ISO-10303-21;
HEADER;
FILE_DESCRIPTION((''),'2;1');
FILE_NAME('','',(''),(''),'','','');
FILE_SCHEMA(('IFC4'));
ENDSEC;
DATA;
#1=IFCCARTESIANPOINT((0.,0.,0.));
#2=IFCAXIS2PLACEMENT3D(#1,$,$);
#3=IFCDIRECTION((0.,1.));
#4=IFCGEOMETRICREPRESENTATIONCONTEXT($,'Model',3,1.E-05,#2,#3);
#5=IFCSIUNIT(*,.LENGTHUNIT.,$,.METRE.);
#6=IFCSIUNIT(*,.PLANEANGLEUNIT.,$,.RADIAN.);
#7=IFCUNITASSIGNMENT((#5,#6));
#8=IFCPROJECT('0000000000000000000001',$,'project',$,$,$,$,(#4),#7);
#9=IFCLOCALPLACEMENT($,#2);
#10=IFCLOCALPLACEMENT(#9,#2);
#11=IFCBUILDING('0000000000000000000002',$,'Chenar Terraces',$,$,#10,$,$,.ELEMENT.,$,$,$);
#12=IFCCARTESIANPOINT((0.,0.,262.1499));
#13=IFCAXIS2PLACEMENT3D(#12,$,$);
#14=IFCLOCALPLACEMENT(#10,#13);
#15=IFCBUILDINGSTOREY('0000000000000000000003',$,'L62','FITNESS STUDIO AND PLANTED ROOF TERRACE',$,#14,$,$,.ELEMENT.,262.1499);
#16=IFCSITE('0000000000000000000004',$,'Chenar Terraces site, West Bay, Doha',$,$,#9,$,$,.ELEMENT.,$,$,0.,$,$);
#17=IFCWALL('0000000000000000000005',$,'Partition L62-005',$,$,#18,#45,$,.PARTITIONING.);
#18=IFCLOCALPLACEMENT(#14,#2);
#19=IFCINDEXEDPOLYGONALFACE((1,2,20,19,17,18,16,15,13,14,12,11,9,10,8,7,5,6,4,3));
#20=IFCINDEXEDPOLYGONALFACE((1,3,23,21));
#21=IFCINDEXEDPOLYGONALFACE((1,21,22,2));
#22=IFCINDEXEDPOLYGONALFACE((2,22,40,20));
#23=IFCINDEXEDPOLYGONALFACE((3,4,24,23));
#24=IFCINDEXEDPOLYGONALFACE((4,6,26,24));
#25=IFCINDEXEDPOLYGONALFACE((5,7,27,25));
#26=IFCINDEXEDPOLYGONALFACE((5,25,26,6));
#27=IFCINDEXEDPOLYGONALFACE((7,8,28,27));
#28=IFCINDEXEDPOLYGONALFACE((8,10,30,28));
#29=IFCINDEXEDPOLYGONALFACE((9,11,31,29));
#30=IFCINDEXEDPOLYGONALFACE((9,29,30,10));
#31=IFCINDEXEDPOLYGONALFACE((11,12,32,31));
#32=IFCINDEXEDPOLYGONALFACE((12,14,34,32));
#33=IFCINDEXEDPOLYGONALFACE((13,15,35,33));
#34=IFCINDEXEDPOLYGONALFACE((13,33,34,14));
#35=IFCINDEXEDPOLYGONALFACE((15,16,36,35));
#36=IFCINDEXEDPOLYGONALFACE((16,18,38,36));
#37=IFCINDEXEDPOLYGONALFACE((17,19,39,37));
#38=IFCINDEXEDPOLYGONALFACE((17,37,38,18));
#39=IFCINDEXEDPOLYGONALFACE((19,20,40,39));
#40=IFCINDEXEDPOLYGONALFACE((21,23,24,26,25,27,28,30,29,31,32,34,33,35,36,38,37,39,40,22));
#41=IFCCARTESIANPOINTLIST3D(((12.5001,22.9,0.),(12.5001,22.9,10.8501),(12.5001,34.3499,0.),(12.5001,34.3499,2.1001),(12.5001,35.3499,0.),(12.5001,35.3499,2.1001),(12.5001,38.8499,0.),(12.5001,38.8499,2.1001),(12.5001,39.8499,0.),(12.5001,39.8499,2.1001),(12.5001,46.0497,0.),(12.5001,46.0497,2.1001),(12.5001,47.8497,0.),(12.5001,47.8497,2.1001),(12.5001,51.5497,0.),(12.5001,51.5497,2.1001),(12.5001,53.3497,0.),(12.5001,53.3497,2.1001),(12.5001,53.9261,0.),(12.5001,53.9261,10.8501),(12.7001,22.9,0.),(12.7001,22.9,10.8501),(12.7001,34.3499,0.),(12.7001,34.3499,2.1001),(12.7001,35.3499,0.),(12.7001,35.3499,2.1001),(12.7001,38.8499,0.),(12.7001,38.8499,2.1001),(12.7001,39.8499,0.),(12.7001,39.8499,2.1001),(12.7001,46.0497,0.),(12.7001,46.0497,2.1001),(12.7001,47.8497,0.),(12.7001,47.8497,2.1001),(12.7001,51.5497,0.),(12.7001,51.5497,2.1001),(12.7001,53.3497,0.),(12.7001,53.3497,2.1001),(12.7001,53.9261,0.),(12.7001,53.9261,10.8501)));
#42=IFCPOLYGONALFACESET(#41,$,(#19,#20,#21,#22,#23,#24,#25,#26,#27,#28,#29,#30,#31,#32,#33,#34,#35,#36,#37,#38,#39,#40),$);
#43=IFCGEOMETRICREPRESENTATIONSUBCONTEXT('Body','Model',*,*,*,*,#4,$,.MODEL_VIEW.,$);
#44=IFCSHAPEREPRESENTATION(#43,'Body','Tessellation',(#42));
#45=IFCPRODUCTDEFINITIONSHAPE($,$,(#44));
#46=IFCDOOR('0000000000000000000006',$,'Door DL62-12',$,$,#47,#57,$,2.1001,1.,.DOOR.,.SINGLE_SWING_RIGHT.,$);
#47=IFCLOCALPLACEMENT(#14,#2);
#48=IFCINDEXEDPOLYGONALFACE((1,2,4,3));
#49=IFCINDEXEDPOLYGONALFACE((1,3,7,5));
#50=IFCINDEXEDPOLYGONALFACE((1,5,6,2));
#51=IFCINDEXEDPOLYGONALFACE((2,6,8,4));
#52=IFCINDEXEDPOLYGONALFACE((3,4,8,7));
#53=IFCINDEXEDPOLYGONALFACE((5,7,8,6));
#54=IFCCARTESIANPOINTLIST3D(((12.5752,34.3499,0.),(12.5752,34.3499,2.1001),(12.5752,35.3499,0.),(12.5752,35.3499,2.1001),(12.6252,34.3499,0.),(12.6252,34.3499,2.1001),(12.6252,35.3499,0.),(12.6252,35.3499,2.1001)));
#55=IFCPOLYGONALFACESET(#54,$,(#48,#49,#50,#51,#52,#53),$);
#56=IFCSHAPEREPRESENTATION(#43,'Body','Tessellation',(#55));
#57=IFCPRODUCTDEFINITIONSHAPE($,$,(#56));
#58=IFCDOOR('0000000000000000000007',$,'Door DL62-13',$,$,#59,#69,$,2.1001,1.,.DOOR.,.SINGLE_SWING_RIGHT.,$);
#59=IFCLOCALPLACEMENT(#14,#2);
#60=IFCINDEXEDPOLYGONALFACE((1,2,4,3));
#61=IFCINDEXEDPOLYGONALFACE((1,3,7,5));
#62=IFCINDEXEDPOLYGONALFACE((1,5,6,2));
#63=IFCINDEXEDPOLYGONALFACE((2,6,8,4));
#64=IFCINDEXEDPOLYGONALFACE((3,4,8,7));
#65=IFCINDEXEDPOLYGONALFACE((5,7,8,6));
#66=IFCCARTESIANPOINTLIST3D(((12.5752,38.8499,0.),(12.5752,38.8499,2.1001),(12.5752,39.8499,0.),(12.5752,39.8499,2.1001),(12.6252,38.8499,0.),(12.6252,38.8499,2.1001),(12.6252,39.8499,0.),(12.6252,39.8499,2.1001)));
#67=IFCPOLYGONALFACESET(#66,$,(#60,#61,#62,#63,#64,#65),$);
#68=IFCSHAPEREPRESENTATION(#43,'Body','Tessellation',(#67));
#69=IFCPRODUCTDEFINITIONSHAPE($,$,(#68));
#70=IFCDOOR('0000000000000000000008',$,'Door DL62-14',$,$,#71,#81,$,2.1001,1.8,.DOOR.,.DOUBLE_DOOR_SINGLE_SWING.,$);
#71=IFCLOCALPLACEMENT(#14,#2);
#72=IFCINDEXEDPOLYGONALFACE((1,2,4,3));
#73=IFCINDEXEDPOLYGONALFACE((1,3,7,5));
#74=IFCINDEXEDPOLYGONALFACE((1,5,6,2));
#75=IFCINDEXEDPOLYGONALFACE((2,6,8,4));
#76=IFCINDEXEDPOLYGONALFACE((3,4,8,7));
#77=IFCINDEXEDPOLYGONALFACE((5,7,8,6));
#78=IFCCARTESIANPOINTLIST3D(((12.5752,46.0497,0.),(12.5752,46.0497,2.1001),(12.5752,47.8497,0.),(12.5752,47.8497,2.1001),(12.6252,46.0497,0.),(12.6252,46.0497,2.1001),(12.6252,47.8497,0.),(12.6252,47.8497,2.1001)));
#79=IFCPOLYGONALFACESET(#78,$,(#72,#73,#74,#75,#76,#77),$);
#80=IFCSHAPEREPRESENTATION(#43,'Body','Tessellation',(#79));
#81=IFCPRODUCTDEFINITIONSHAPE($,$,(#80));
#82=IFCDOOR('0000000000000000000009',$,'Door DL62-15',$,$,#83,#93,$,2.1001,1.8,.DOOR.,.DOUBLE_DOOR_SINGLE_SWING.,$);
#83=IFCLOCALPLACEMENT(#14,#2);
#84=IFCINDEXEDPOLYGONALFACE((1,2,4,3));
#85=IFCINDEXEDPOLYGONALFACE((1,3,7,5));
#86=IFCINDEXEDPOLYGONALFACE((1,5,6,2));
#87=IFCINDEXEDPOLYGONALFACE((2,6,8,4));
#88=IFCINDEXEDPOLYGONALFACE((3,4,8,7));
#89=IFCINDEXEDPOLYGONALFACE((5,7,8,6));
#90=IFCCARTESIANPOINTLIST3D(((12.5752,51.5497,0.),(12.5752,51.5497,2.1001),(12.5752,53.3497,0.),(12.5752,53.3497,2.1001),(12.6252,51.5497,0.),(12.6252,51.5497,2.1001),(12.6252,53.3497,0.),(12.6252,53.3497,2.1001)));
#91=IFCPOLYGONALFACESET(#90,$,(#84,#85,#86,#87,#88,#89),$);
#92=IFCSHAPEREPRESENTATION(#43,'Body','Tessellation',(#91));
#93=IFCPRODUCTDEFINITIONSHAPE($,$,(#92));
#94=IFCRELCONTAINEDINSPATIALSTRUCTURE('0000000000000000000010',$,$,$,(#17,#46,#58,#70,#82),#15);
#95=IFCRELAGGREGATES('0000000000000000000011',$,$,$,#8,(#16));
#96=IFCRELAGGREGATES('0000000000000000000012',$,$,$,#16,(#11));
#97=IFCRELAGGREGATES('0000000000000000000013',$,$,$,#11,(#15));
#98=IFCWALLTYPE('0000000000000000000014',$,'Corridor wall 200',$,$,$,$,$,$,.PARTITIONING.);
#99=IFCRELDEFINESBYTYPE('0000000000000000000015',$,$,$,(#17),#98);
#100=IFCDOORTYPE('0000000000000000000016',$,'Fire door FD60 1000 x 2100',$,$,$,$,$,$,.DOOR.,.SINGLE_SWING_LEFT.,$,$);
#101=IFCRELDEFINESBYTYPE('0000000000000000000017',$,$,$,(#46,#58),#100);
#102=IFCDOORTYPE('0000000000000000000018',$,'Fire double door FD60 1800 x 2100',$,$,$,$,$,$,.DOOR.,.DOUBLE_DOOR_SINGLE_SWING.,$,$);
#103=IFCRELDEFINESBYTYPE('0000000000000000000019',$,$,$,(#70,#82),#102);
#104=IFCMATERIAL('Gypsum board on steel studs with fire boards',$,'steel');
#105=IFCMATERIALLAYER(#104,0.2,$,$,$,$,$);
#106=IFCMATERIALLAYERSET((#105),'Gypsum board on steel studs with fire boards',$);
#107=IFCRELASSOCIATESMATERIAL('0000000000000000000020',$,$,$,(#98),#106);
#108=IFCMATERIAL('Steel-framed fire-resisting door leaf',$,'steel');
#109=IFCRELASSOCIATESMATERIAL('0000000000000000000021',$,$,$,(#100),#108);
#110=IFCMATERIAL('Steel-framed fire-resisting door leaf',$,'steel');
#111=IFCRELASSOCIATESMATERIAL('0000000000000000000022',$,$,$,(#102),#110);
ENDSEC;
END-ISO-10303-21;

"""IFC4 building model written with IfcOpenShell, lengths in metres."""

from ifc_helpers import new_model, si_unit, direction, frame, frame_2d, origin, place, context, subcontext, project, spatial, rectangle, extrude, material, layer, layer_set, type_object, element, fill, save


model = new_model("IFC4")

# Units and contexts
model_context = context("Model", 3, precision=1e-05, world=origin(), true_north=direction((0.0, 1.0)))
body_context = subcontext(model_context, "Body", "Model", "MODEL_VIEW")
ifc_project = project(units=[si_unit("LENGTHUNIT", "METRE"), si_unit("PLANEANGLEUNIT", "RADIAN")], contexts=[model_context])

# Site, building, storey
site_placement = place(None, origin())
site = spatial("IfcSite", under=ifc_project, at=site_placement, Name="Chenar Terraces site, West Bay, Doha", CompositionType="ELEMENT", RefElevation=0.0)
building_placement = place(site_placement, origin())
building = spatial("IfcBuilding", under=site, at=building_placement, Name="Chenar Terraces", CompositionType="ELEMENT")
storey_placement = place(building_placement, frame((0.0, 0.0, 262.1499)))
storey = spatial("IfcBuildingStorey", under=building, at=storey_placement, Name="L62", Description="FITNESS STUDIO AND PLANTED ROOF TERRACE", CompositionType="ELEMENT", Elevation=262.1499)

# Wall, openings, doors
ifc_material_1 = material(Name="Gypsum board on steel studs with fire boards", Category="steel")
ifc_layer_1 = layer(ifc_material_1, 0.2)
ifc_layer_set_1 = layer_set([ifc_layer_1], Name="Gypsum board on steel studs with fire boards")
wall_type_1 = type_object("IfcWallType", Name="Corridor wall 200", PredefinedType="PARTITIONING", material=ifc_layer_set_1)
wall_1_placement = place(storey_placement, frame((12.6001, 22.8999, 0.0), z_axis=(0.0, 0.0, 1.0), x_axis=(0.0, 1.0, 0.0)))
wall_1 = element("IfcWall", 1, at=wall_1_placement, inside=storey, type_object=wall_type_1, Name="Partition L62-005", PredefinedType="PARTITIONING", context=body_context, shape_type="SweptSolid", body=[
    extrude(rectangle(XDim=31.0261, YDim=0.2, at=frame_2d((15.5132, 0.0))), origin(), (0.0, 0.0, 1.0), 10.8501),
])
opening_1_placement = place(wall_1_placement, frame((11.45, 0.0, 0.0)))
opening_1 = element("IfcOpeningElement", 2, at=opening_1_placement, cuts=wall_1, PredefinedType="OPENING", context=body_context, shape_type="SweptSolid", body=[
    extrude(rectangle(XDim=1.0, YDim=2.1001, at=frame_2d((0.5, 1.05))), frame((0.0, 0.1099, 0.0), z_axis=(0.0, -1.0, 0.0), x_axis=(1.0, 0.0, 0.0)), (0.0, 0.0, 1.0), 0.22),
])
opening_2_placement = place(wall_1_placement, frame((15.95, 0.0, 0.0)))
opening_2 = element("IfcOpeningElement", 3, at=opening_2_placement, cuts=wall_1, PredefinedType="OPENING", context=body_context, shape_type="SweptSolid", body=[
    extrude(rectangle(XDim=1.0, YDim=2.1001, at=frame_2d((0.5, 1.05))), frame((0.0, 0.1099, 0.0), z_axis=(0.0, -1.0, 0.0), x_axis=(1.0, 0.0, 0.0)), (0.0, 0.0, 1.0), 0.22),
])
opening_3_placement = place(wall_1_placement, frame((23.1499, 0.0, 0.0)))
opening_3 = element("IfcOpeningElement", 4, at=opening_3_placement, cuts=wall_1, PredefinedType="OPENING", context=body_context, shape_type="SweptSolid", body=[
    extrude(rectangle(XDim=1.8, YDim=2.1001, at=frame_2d((0.8999, 1.05))), frame((0.0, 0.1099, 0.0), z_axis=(0.0, -1.0, 0.0), x_axis=(1.0, 0.0, 0.0)), (0.0, 0.0, 1.0), 0.22),
])
opening_4_placement = place(wall_1_placement, frame((28.6499, 0.0, 0.0)))
opening_4 = element("IfcOpeningElement", 5, at=opening_4_placement, cuts=wall_1, PredefinedType="OPENING", context=body_context, shape_type="SweptSolid", body=[
    extrude(rectangle(XDim=1.8, YDim=2.1001, at=frame_2d((0.8999, 1.05))), frame((0.0, 0.1099, 0.0), z_axis=(0.0, -1.0, 0.0), x_axis=(1.0, 0.0, 0.0)), (0.0, 0.0, 1.0), 0.22),
])
ifc_material_2 = material(Name="Steel-framed fire-resisting door leaf", Category="steel")
door_type_1 = type_object("IfcDoorType", Name="Fire door FD60 1000 x 2100", OperationType="SINGLE_SWING_LEFT", PredefinedType="DOOR", material=ifc_material_2)
door_1_placement = place(opening_1_placement, origin())
door_1 = element("IfcDoor", 6, at=door_1_placement, inside=storey, type_object=door_type_1, Name="Door DL62-12", OperationType="SINGLE_SWING_RIGHT", OverallHeight=2.1001, OverallWidth=1.0, PredefinedType="DOOR", context=body_context, shape_type="SweptSolid", body=[
    extrude(rectangle(XDim=1.0, YDim=2.1001, at=frame_2d((0.5, 1.05))), frame((0.0, 0.0249, 0.0), z_axis=(0.0, -1.0, 0.0), x_axis=(1.0, 0.0, 0.0)), (0.0, 0.0, 1.0), 0.05),
])
fill(opening_1, door_1)
door_2_placement = place(opening_2_placement, origin())
door_2 = element("IfcDoor", 7, at=door_2_placement, inside=storey, type_object=door_type_1, Name="Door DL62-13", OperationType="SINGLE_SWING_RIGHT", OverallHeight=2.1001, OverallWidth=1.0, PredefinedType="DOOR", context=body_context, shape_type="SweptSolid", body=[
    extrude(rectangle(XDim=1.0, YDim=2.1001, at=frame_2d((0.5, 1.05))), frame((0.0, 0.0249, 0.0), z_axis=(0.0, -1.0, 0.0), x_axis=(1.0, 0.0, 0.0)), (0.0, 0.0, 1.0), 0.05),
])
fill(opening_2, door_2)
ifc_material_3 = material(Name="Steel-framed fire-resisting door leaf", Category="steel")
door_type_2 = type_object("IfcDoorType", Name="Fire double door FD60 1800 x 2100", OperationType="DOUBLE_DOOR_SINGLE_SWING", PredefinedType="DOOR", material=ifc_material_3)
door_3_placement = place(opening_3_placement, origin())
door_3 = element("IfcDoor", 8, at=door_3_placement, inside=storey, type_object=door_type_2, Name="Door DL62-14", OperationType="DOUBLE_DOOR_SINGLE_SWING", OverallHeight=2.1001, OverallWidth=1.8, PredefinedType="DOOR", context=body_context, shape_type="SweptSolid", body=[
    extrude(rectangle(XDim=1.8, YDim=2.1001, at=frame_2d((0.8999, 1.05))), frame((0.0, 0.0249, 0.0), z_axis=(0.0, -1.0, 0.0), x_axis=(1.0, 0.0, 0.0)), (0.0, 0.0, 1.0), 0.05),
])
fill(opening_3, door_3)
door_4_placement = place(opening_4_placement, origin())
door_4 = element("IfcDoor", 9, at=door_4_placement, inside=storey, type_object=door_type_2, Name="Door DL62-15", OperationType="DOUBLE_DOOR_SINGLE_SWING", OverallHeight=2.1001, OverallWidth=1.8, PredefinedType="DOOR", context=body_context, shape_type="SweptSolid", body=[
    extrude(rectangle(XDim=1.8, YDim=2.1001, at=frame_2d((0.8999, 1.05))), frame((0.0, 0.0249, 0.0), z_axis=(0.0, -1.0, 0.0), x_axis=(1.0, 0.0, 0.0)), (0.0, 0.0, 1.0), 0.05),
])
fill(opening_4, door_4)

save(model, "model.ifc")
